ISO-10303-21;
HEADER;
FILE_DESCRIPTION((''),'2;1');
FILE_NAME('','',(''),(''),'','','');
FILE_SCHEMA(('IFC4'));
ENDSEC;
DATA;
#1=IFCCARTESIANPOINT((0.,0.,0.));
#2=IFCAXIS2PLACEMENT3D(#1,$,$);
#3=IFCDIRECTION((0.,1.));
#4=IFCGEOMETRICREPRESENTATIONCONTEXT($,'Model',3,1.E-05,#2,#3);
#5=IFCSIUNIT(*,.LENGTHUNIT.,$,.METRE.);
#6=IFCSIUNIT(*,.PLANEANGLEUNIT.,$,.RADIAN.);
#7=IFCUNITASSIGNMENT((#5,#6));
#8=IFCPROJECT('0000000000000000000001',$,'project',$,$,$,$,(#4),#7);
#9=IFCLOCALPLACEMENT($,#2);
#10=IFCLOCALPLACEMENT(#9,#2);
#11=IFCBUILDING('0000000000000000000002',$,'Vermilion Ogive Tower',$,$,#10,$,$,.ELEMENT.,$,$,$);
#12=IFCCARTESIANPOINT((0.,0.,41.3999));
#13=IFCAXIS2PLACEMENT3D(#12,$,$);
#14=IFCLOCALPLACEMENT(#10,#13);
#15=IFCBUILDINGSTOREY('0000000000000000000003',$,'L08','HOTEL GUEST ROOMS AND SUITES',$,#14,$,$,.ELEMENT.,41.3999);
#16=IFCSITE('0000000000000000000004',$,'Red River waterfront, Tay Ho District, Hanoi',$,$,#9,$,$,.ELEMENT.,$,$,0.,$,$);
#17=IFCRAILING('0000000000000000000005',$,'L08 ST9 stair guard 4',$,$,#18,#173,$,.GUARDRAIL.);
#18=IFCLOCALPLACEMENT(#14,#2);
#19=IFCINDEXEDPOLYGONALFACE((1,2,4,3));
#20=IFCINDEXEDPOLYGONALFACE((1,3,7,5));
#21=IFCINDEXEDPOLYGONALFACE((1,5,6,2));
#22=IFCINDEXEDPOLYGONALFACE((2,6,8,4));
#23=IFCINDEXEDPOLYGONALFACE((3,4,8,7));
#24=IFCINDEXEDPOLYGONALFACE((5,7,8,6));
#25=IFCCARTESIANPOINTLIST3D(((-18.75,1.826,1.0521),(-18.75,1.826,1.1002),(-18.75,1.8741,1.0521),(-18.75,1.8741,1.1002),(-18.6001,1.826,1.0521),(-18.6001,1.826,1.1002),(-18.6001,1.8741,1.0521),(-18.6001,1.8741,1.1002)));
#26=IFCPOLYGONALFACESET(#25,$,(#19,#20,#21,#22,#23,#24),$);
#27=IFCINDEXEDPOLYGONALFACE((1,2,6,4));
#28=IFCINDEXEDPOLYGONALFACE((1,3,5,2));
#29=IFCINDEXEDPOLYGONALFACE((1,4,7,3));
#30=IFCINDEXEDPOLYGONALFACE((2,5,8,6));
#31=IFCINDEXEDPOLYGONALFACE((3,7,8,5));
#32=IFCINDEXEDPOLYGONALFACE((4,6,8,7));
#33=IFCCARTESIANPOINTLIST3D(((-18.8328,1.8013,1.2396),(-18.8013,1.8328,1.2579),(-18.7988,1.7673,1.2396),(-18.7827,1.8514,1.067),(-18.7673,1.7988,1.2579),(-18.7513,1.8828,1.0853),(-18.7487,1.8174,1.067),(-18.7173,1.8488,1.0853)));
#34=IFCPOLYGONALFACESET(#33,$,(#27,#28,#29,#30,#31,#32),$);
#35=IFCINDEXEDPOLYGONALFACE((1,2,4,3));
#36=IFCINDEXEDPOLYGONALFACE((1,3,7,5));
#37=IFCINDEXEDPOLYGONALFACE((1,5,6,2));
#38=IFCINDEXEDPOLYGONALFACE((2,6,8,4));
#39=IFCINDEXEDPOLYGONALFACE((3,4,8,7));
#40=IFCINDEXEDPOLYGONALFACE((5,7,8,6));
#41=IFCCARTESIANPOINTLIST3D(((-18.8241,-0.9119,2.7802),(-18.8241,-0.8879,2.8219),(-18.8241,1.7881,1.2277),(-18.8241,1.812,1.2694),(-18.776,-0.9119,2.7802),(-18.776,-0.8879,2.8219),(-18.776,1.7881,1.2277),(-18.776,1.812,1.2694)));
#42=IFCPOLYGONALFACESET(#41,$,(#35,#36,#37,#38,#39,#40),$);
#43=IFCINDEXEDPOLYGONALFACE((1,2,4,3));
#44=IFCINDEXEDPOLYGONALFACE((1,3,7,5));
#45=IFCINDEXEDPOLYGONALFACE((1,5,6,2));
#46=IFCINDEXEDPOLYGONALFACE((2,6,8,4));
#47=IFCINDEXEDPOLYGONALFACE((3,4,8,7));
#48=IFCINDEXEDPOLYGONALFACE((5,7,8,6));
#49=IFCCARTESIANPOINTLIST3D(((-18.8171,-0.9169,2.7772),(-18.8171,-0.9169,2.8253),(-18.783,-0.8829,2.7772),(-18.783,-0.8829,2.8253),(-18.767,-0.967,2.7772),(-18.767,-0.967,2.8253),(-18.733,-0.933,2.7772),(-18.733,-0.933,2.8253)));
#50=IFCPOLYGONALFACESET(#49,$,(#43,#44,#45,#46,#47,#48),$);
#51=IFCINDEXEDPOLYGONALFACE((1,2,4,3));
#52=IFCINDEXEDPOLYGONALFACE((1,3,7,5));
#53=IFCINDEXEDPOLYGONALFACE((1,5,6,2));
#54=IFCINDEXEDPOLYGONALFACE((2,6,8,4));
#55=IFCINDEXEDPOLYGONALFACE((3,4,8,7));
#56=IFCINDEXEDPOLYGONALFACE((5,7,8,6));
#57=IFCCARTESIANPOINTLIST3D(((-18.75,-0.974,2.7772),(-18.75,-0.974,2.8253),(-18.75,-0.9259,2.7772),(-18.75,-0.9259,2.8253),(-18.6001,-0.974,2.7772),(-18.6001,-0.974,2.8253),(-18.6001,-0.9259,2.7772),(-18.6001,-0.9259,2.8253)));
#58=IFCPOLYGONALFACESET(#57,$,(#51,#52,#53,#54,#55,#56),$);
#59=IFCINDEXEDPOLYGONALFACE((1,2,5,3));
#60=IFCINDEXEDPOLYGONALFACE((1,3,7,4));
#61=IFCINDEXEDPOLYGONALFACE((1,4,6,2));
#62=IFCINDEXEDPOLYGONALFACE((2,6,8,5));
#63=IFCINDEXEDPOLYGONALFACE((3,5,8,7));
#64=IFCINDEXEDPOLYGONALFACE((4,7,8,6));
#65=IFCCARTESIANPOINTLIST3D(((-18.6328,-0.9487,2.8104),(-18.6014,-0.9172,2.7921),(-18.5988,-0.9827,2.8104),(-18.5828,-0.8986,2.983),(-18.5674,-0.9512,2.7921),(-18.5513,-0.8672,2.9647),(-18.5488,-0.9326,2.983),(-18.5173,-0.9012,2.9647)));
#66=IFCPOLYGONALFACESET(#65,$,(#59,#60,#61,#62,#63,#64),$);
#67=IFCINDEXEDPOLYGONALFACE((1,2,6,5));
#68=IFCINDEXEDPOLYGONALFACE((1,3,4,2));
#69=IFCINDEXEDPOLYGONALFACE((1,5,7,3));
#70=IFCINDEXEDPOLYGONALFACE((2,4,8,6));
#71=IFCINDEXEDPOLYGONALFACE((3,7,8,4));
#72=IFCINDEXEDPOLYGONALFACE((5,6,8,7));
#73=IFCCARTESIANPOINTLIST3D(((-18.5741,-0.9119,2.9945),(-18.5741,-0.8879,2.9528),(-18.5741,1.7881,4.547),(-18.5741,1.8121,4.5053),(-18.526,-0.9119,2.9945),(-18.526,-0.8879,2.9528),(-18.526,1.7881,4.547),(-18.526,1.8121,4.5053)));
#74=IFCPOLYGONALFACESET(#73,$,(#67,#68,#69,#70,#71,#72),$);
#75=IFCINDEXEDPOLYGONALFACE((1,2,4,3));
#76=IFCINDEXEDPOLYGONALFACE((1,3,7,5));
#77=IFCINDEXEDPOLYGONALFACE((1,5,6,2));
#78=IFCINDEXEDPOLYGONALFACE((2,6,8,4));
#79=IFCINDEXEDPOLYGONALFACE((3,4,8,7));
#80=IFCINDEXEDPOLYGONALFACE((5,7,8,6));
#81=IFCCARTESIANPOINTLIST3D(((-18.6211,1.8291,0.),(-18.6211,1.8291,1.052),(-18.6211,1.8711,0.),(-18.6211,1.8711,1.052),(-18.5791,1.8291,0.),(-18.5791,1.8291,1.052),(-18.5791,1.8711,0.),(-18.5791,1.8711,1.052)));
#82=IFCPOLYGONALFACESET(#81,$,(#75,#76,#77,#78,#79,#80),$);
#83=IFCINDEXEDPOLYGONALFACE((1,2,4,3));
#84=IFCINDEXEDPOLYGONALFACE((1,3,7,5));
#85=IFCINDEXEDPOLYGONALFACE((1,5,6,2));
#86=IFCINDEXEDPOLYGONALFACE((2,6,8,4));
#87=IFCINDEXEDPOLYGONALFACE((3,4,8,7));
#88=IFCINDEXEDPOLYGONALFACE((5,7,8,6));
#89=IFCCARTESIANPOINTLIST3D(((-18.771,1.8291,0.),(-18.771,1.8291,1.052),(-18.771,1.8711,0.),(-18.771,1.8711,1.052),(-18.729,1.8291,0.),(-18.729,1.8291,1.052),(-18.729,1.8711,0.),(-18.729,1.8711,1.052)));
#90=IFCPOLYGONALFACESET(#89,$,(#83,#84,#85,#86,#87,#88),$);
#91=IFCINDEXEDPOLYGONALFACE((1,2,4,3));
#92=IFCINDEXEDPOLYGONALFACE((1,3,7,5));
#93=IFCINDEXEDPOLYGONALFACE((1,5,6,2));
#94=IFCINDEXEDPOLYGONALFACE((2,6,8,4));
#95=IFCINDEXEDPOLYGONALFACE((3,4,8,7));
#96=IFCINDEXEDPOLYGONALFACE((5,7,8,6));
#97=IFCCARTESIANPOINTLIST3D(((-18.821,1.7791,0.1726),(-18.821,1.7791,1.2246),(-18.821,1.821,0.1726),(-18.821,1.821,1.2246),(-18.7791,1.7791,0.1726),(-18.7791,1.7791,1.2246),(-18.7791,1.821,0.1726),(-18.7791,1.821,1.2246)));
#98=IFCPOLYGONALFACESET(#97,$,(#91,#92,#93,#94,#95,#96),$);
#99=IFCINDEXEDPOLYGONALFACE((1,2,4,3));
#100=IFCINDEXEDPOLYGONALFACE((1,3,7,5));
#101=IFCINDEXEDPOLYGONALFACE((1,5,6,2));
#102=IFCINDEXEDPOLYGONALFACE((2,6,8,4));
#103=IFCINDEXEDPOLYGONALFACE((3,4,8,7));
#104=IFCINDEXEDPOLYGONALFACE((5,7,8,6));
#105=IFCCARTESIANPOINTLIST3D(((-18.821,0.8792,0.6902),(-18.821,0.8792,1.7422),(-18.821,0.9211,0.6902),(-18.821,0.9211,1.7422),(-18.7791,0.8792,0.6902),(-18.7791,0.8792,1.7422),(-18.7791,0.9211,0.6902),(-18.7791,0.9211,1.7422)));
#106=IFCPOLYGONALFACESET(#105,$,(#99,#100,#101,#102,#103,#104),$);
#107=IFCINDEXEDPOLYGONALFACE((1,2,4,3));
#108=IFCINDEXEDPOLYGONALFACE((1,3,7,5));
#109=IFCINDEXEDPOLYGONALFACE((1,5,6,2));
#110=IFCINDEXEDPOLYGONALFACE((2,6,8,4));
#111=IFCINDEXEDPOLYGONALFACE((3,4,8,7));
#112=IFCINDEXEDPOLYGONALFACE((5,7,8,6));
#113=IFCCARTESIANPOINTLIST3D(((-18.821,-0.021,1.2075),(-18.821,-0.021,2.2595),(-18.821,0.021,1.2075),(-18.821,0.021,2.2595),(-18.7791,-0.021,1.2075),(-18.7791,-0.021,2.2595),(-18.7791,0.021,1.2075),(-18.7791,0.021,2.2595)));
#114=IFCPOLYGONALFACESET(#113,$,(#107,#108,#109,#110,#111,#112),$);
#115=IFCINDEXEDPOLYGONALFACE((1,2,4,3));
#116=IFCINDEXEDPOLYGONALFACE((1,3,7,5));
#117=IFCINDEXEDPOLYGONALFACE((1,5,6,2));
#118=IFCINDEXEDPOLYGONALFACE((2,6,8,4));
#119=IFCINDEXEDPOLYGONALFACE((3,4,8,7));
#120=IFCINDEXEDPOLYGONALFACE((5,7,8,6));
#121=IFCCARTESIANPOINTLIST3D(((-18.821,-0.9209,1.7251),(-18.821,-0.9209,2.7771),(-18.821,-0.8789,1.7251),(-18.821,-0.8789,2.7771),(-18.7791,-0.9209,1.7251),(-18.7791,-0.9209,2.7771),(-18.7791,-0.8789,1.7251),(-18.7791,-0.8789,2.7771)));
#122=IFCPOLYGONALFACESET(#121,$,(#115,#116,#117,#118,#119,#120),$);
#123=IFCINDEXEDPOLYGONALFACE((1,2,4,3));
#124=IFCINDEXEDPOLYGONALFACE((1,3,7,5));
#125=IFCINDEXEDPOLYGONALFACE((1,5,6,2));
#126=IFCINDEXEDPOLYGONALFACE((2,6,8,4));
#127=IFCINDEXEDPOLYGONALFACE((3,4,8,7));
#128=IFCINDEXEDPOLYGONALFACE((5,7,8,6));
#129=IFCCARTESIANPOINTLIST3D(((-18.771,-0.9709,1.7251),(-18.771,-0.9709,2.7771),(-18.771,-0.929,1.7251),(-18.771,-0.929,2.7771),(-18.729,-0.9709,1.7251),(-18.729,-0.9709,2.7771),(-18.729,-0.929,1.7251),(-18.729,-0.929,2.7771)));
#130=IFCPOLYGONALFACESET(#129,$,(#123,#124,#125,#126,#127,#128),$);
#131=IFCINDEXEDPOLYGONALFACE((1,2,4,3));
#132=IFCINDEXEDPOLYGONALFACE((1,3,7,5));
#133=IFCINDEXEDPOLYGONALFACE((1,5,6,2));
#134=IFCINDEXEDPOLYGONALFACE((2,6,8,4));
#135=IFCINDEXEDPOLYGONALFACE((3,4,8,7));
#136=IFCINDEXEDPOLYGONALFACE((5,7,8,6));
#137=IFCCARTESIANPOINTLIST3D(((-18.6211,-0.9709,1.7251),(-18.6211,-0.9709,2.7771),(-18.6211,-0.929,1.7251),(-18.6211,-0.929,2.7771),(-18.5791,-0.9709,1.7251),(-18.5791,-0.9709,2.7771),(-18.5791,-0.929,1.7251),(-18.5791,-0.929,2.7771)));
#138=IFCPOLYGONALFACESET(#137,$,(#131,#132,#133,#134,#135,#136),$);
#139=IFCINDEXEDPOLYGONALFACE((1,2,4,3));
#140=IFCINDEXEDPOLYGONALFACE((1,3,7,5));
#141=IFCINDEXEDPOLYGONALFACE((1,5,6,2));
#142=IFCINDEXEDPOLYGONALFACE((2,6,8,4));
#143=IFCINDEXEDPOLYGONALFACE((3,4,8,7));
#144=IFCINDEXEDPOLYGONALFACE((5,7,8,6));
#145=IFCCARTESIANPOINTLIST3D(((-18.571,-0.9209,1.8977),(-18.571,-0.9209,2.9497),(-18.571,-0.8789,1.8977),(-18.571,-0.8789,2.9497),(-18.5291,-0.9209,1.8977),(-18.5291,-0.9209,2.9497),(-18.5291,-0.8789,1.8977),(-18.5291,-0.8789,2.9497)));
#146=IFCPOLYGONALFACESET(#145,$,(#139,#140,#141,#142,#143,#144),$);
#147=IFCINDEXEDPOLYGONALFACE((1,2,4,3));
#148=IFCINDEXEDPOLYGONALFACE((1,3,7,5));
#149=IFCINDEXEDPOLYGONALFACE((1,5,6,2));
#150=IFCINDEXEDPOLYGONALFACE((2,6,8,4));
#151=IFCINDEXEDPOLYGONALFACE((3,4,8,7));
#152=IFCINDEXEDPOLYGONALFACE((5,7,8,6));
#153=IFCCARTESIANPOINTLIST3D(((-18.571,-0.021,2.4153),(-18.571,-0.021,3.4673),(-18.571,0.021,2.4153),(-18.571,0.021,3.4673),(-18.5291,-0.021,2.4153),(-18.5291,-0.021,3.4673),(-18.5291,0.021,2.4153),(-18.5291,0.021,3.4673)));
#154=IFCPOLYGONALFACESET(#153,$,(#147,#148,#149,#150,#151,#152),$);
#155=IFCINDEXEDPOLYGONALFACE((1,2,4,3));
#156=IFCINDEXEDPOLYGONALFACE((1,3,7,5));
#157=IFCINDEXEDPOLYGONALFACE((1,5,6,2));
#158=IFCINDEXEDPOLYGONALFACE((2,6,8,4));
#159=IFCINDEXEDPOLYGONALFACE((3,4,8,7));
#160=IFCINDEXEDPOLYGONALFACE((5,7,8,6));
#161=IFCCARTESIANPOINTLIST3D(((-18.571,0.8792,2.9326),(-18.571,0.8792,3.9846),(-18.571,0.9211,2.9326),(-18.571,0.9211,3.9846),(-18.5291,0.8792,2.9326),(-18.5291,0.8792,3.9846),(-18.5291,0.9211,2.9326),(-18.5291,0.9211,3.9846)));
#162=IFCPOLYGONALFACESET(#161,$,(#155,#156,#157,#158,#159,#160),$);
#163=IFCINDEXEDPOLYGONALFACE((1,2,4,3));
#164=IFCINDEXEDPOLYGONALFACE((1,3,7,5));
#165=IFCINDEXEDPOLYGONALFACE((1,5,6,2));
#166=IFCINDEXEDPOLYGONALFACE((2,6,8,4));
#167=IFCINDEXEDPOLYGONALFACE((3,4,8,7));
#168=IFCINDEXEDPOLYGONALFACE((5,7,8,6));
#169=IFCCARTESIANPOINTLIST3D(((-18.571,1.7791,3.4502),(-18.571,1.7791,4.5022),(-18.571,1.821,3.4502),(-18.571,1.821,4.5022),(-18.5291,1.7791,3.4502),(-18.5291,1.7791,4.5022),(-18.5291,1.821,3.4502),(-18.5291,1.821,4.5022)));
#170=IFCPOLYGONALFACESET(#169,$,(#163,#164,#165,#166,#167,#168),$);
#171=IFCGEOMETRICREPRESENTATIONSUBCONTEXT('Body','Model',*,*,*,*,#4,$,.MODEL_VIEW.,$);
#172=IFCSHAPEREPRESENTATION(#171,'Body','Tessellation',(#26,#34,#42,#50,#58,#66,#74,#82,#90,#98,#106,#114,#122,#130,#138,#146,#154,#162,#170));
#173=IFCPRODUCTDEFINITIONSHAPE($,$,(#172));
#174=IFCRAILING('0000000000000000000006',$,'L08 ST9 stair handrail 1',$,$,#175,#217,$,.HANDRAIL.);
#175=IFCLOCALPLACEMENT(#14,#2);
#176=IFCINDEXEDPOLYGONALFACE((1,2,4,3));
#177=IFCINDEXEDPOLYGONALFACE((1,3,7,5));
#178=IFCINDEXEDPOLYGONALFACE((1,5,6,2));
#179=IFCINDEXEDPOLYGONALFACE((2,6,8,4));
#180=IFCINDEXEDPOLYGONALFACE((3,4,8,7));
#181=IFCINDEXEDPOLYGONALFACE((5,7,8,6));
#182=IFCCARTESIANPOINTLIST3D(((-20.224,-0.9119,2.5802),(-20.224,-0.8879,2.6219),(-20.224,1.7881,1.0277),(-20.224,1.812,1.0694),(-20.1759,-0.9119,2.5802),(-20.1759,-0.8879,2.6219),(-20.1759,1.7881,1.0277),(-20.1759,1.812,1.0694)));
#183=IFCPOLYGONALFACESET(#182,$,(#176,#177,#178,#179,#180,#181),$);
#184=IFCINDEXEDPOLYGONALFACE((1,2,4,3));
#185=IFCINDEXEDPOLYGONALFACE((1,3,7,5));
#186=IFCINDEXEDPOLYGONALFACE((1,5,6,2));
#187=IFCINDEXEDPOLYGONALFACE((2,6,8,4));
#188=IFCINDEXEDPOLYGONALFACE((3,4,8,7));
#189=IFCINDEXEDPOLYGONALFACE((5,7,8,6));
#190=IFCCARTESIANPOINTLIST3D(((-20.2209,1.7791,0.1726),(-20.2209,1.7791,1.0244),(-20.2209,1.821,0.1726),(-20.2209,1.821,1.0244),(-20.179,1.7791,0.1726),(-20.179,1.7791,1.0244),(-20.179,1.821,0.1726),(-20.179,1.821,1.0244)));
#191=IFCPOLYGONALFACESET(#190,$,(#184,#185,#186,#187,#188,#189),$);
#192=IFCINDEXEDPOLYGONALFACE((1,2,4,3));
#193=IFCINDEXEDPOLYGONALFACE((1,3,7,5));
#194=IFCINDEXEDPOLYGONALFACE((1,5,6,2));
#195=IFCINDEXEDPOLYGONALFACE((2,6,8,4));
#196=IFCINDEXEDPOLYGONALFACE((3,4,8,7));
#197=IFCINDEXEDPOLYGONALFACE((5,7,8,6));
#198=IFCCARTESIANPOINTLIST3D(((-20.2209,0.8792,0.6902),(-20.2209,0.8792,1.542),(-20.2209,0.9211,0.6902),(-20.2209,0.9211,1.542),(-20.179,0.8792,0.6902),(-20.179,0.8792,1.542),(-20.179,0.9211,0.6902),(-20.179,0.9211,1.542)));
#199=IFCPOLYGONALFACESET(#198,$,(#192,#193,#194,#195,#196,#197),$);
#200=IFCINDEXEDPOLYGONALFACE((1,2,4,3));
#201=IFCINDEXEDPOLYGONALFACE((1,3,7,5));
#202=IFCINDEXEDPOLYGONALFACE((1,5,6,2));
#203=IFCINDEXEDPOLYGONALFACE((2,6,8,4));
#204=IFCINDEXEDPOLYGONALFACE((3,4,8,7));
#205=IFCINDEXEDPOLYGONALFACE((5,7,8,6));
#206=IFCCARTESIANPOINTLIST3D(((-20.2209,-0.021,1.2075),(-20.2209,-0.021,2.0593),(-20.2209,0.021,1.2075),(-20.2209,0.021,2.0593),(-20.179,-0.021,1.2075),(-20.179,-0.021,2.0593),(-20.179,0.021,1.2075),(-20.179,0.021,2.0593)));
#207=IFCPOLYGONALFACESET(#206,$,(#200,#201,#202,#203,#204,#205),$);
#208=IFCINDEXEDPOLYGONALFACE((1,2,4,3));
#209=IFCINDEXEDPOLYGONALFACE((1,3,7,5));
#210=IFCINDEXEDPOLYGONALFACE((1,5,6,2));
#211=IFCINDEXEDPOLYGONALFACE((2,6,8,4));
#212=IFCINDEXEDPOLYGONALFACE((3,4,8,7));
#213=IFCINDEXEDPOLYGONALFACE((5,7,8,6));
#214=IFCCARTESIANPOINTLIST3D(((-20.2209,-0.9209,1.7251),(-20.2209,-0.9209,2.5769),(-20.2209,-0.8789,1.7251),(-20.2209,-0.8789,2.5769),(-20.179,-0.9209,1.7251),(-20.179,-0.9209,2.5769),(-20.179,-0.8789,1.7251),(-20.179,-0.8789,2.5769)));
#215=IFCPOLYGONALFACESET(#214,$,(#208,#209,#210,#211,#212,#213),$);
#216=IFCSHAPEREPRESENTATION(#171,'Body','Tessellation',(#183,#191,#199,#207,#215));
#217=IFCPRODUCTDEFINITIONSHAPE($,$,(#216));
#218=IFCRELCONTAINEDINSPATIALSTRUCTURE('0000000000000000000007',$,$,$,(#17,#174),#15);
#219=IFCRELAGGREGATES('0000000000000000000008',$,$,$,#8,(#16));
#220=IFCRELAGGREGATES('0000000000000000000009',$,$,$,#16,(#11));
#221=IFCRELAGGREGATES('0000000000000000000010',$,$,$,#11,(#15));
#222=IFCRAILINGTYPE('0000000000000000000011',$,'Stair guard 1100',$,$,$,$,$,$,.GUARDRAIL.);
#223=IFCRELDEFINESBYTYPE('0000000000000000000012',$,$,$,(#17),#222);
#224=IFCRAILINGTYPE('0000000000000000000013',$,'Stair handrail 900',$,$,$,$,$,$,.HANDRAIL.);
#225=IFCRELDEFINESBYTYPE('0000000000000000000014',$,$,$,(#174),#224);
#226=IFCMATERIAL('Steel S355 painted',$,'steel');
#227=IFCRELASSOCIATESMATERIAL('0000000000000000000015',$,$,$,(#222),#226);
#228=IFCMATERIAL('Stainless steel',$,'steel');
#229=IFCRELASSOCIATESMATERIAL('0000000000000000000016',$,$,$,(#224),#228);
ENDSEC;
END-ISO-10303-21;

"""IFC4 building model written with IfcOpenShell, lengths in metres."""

from ifc_helpers import new_model, si_unit, direction, frame, origin, origin_2d, place, context, subcontext, project, spatial, rectangle, extrude, material, type_object, element, save


model = new_model("IFC4")

# Units and contexts
model_context = context("Model", 3, precision=1e-05, world=origin(), true_north=direction((0.0, 1.0)))
body_context = subcontext(model_context, "Body", "Model", "MODEL_VIEW")
ifc_project = project(units=[si_unit("LENGTHUNIT", "METRE"), si_unit("PLANEANGLEUNIT", "RADIAN")], contexts=[model_context])

# Site, building, storey
site_placement = place(None, origin())
site = spatial("IfcSite", under=ifc_project, at=site_placement, Name="Red River waterfront, Tay Ho District, Hanoi", CompositionType="ELEMENT", RefElevation=0.0)
building_placement = place(site_placement, origin())
building = spatial("IfcBuilding", under=site, at=building_placement, Name="Vermilion Ogive Tower", CompositionType="ELEMENT")
storey_placement = place(building_placement, frame((0.0, 0.0, 41.3999)))
storey = spatial("IfcBuildingStorey", under=building, at=storey_placement, Name="L08", Description="HOTEL GUEST ROOMS AND SUITES", CompositionType="ELEMENT", Elevation=41.3999)

# Railings
ifc_material_1 = material(Name="Steel S355 painted", Category="steel")
railing_type_1 = type_object("IfcRailingType", Name="Stair guard 1100", PredefinedType="GUARDRAIL", material=ifc_material_1)
railing_1_placement = place(storey_placement, frame((-18.6001, 1.8501, 0.0)))
element("IfcRailing", 1, at=railing_1_placement, inside=storey, type_object=railing_type_1, Name="L08 ST9 stair guard 4", PredefinedType="GUARDRAIL", context=body_context, shape_type="SweptSolid", body=[
    extrude(rectangle(XDim=0.0481, YDim=0.0481, at=origin_2d()), frame((0.0, 0.0, 1.0762), z_axis=(-1.0, 0.0, 0.0), x_axis=(0.0, -1.0, 0.0)), (0.0, 0.0, 1.0), 0.1499),
    extrude(rectangle(XDim=0.0481, YDim=0.0481, at=origin_2d()), frame((-0.1499, 0.0, 1.0762), z_axis=(-0.268278, -0.268278, 0.925232), x_axis=(0.707107, -0.707107, 0.0)), (0.0, 0.0, 1.0), 0.1865),
    extrude(rectangle(XDim=0.0481, YDim=0.0481, at=origin_2d()), frame((-0.2, -0.05, 1.2485), z_axis=(0.0, -0.866904, 0.498476), x_axis=(1.0, 0.0, 0.0)), (0.0, 0.0, 1.0), 3.1145),
    extrude(rectangle(XDim=0.0481, YDim=0.0481, at=origin_2d()), frame((-0.2, -2.75, 2.8013), z_axis=(0.707107, -0.707107, 0.0), x_axis=(0.707107, 0.707107, 0.0)), (0.0, 0.0, 1.0), 0.0708),
    extrude(rectangle(XDim=0.0481, YDim=0.0481, at=origin_2d()), frame((-0.1499, -2.8, 2.8013), z_axis=(1.0, 0.0, 0.0), x_axis=(0.0, 1.0, 0.0)), (0.0, 0.0, 1.0), 0.1499),
    extrude(rectangle(XDim=0.0481, YDim=0.0481, at=origin_2d()), frame((0.0, -2.8, 2.8013), z_axis=(0.268278, 0.268278, 0.925232), x_axis=(-0.707107, 0.707107, 0.0)), (0.0, 0.0, 1.0), 0.1865),
    extrude(rectangle(XDim=0.0481, YDim=0.0481, at=origin_2d()), frame((0.05, -2.75, 2.9736), z_axis=(0.0, 0.866904, 0.498476), x_axis=(-1.0, 0.0, 0.0)), (0.0, 0.0, 1.0), 3.1145),
    extrude(rectangle(XDim=0.042, YDim=0.042, at=origin_2d()), origin(), (0.0, 0.0, 1.0), 1.052),
    extrude(rectangle(XDim=0.042, YDim=0.042, at=origin_2d()), frame((-0.1499, 0.0, 0.0)), (0.0, 0.0, 1.0), 1.052),
    extrude(rectangle(XDim=0.042, YDim=0.042, at=origin_2d()), frame((-0.2, -0.05, 0.1726)), (0.0, 0.0, 1.0), 1.052),
    extrude(rectangle(XDim=0.042, YDim=0.042, at=origin_2d()), frame((-0.2, -0.95, 0.6902)), (0.0, 0.0, 1.0), 1.052),
    extrude(rectangle(XDim=0.042, YDim=0.042, at=origin_2d()), frame((-0.2, -1.8501, 1.2075)), (0.0, 0.0, 1.0), 1.052),
    extrude(rectangle(XDim=0.042, YDim=0.042, at=origin_2d()), frame((-0.2, -2.75, 1.7251)), (0.0, 0.0, 1.0), 1.052),
    extrude(rectangle(XDim=0.042, YDim=0.042, at=origin_2d()), frame((-0.1499, -2.8, 1.7251)), (0.0, 0.0, 1.0), 1.052),
    extrude(rectangle(XDim=0.042, YDim=0.042, at=origin_2d()), frame((0.0, -2.8, 1.7251)), (0.0, 0.0, 1.0), 1.052),
    extrude(rectangle(XDim=0.042, YDim=0.042, at=origin_2d()), frame((0.05, -2.75, 1.8977)), (0.0, 0.0, 1.0), 1.052),
    extrude(rectangle(XDim=0.042, YDim=0.042, at=origin_2d()), frame((0.05, -1.8501, 2.4153)), (0.0, 0.0, 1.0), 1.052),
    extrude(rectangle(XDim=0.042, YDim=0.042, at=origin_2d()), frame((0.05, -0.95, 2.9326)), (0.0, 0.0, 1.0), 1.052),
    extrude(rectangle(XDim=0.042, YDim=0.042, at=origin_2d()), frame((0.05, -0.05, 3.4502)), (0.0, 0.0, 1.0), 1.052),
])
ifc_material_2 = material(Name="Stainless steel", Category="steel")
railing_type_2 = type_object("IfcRailingType", Name="Stair handrail 900", PredefinedType="HANDRAIL", material=ifc_material_2)
railing_2_placement = place(storey_placement, frame((-20.2, 1.8, 0.1726)))
element("IfcRailing", 2, at=railing_2_placement, inside=storey, type_object=railing_type_2, Name="L08 ST9 stair handrail 1", PredefinedType="HANDRAIL", context=body_context, shape_type="SweptSolid", body=[
    extrude(rectangle(XDim=0.0481, YDim=0.0481, at=origin_2d()), frame((0.0, 0.0, 0.876), z_axis=(0.0, -0.866904, 0.498476), x_axis=(1.0, 0.0, 0.0)), (0.0, 0.0, 1.0), 3.1145),
    extrude(rectangle(XDim=0.042, YDim=0.042, at=origin_2d()), origin(), (0.0, 0.0, 1.0), 0.8518),
    extrude(rectangle(XDim=0.042, YDim=0.042, at=origin_2d()), frame((0.0, -0.8999, 0.5176)), (0.0, 0.0, 1.0), 0.8518),
    extrude(rectangle(XDim=0.042, YDim=0.042, at=origin_2d()), frame((0.0, -1.8, 1.0349)), (0.0, 0.0, 1.0), 0.8518),
    extrude(rectangle(XDim=0.042, YDim=0.042, at=origin_2d()), frame((0.0, -2.7, 1.5525)), (0.0, 0.0, 1.0), 0.8518),
])

save(model, "model.ifc")
